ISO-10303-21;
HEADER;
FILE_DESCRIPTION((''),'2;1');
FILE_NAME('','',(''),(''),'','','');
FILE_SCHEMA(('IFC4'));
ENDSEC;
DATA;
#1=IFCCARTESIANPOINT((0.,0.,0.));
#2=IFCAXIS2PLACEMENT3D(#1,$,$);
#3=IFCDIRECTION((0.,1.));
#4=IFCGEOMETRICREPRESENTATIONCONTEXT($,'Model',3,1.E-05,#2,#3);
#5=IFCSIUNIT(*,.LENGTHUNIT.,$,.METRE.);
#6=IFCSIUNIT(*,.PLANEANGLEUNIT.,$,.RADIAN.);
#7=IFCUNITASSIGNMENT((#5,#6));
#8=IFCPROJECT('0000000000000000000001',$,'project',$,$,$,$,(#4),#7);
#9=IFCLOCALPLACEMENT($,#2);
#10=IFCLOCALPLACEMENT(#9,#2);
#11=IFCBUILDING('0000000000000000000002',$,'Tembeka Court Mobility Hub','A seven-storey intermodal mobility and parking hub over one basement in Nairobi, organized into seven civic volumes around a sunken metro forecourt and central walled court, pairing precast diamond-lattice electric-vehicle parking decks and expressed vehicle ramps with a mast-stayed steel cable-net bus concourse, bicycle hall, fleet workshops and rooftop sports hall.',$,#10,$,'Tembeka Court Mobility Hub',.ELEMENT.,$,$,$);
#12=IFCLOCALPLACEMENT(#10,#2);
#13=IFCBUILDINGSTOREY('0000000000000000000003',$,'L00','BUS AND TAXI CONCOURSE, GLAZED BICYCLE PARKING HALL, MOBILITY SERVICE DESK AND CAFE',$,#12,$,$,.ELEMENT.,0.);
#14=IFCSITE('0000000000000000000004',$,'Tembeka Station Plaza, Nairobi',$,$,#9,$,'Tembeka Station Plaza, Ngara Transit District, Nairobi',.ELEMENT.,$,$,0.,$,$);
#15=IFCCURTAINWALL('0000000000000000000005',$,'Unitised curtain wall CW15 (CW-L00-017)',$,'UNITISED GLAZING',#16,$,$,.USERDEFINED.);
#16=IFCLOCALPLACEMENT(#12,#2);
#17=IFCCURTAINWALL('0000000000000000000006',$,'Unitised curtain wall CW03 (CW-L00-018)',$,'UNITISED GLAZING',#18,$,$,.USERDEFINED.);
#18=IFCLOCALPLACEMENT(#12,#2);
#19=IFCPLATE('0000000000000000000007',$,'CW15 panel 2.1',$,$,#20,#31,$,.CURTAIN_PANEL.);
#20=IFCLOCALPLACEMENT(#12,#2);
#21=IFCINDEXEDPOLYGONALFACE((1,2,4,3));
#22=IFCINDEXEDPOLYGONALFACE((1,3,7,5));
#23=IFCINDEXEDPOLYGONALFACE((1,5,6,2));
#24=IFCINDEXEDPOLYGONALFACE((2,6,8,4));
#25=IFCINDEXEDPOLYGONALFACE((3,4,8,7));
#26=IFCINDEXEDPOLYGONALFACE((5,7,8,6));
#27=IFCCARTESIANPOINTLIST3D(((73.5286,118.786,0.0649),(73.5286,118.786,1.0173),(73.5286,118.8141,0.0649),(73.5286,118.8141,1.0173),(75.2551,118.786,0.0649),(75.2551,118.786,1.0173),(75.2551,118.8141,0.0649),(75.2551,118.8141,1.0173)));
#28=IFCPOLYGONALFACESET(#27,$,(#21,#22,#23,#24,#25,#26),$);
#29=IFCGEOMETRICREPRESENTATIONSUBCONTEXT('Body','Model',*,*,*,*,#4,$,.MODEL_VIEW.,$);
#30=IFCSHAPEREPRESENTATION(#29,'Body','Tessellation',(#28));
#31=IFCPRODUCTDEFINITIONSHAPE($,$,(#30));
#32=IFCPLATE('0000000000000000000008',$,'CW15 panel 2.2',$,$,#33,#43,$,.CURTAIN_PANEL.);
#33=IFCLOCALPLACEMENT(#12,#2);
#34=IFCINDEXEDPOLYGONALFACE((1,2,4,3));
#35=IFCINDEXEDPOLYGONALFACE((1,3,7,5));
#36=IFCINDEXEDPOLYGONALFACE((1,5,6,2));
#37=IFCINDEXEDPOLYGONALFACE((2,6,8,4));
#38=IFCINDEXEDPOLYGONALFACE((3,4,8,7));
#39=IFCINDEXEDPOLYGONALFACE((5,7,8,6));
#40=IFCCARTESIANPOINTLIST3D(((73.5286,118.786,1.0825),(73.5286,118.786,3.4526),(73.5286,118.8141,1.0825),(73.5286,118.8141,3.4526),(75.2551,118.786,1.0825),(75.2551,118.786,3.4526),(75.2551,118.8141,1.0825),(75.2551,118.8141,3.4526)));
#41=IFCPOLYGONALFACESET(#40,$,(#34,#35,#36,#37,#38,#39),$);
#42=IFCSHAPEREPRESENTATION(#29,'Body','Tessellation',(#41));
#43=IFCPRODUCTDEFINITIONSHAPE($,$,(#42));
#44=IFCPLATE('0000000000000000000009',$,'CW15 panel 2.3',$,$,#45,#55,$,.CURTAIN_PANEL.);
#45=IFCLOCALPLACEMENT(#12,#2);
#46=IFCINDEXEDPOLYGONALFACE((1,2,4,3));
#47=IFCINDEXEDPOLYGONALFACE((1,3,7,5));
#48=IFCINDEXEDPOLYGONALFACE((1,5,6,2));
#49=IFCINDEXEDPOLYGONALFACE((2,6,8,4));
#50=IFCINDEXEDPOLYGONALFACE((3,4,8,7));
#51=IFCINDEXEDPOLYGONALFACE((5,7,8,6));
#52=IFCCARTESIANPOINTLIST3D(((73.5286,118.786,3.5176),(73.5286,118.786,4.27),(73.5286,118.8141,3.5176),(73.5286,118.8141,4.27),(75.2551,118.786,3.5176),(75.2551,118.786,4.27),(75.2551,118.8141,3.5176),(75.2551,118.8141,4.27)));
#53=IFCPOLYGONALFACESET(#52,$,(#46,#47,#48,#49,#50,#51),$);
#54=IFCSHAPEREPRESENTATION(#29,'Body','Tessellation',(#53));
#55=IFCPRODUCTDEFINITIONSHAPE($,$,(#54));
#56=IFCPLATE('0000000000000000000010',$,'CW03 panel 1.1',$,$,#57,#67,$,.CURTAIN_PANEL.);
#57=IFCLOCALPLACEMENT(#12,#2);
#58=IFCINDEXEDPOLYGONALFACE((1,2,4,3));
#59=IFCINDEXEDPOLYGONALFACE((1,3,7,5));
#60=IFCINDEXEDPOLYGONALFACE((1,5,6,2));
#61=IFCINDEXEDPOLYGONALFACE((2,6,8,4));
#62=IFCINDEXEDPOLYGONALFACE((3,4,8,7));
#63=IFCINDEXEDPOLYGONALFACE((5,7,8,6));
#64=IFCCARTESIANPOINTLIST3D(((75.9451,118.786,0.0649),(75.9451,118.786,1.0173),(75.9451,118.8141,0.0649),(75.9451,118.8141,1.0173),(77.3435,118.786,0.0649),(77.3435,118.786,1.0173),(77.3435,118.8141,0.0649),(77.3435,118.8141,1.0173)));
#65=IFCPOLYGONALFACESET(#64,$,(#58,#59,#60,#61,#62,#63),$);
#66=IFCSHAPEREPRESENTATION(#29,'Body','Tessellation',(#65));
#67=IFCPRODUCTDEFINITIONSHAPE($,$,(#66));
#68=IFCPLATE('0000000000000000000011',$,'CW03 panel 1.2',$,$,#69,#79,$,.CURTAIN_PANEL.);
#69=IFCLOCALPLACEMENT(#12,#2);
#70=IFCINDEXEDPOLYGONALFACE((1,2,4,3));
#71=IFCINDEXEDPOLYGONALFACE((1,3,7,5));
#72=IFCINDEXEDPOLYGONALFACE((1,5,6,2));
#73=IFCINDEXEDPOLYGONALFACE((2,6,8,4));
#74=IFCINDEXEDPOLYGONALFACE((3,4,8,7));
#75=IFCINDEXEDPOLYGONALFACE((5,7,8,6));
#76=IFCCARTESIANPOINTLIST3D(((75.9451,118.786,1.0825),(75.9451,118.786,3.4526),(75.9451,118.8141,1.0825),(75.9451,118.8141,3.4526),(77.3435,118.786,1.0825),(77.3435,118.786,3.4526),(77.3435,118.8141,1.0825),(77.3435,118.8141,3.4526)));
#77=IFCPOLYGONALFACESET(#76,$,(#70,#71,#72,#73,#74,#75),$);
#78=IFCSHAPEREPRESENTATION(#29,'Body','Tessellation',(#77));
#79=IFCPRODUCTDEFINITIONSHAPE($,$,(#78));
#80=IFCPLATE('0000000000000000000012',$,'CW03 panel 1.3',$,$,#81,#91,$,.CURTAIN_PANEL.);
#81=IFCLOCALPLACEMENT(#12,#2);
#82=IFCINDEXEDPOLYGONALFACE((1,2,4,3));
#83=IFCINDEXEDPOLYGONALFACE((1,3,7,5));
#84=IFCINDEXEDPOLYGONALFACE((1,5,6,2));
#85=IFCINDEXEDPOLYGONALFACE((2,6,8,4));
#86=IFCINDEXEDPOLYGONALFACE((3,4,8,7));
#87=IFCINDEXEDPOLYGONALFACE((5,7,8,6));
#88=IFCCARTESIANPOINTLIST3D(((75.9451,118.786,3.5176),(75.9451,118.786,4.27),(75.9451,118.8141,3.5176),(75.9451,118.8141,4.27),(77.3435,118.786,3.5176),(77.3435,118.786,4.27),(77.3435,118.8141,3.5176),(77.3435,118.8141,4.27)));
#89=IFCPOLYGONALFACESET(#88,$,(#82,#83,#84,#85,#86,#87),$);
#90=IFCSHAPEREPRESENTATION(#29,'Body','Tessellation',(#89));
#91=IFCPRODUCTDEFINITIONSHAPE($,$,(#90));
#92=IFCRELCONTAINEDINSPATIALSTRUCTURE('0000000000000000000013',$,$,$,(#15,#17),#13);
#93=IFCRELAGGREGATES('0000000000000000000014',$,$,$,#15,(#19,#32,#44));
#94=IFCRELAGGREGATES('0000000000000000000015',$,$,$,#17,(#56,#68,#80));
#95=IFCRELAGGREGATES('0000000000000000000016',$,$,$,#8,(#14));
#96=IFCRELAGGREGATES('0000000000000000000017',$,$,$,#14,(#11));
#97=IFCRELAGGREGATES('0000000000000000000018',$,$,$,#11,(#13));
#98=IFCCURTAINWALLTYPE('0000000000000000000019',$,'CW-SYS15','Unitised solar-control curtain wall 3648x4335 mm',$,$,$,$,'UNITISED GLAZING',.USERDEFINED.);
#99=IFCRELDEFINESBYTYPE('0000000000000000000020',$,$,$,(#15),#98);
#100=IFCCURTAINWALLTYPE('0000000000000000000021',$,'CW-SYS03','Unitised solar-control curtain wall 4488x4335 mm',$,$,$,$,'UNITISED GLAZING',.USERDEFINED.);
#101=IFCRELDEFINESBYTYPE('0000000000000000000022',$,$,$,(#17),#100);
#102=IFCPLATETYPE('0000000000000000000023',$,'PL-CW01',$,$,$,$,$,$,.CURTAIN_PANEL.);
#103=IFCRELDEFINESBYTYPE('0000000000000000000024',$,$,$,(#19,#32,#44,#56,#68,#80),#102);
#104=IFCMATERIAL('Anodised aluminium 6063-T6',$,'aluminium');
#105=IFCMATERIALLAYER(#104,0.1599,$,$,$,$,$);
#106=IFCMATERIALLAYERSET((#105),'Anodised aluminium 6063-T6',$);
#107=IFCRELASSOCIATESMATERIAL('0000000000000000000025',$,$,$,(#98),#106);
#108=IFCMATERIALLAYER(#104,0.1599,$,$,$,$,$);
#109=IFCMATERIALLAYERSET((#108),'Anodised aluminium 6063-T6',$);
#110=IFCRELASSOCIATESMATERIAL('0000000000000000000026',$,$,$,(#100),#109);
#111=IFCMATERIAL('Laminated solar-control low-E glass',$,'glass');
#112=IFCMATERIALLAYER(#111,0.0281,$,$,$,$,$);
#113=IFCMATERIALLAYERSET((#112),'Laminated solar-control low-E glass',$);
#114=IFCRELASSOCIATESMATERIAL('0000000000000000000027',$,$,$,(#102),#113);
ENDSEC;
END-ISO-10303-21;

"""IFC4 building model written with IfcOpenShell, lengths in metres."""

from ifc_helpers import new_model, si_unit, direction, frame, origin, origin_2d, place, context, subcontext, project, spatial, rectangle, extrude, material, layer, layer_set, type_object, element, aggregate, save


model = new_model("IFC4")

# Units and contexts
model_context = context("Model", 3, precision=1e-05, world=origin(), true_north=direction((0.0, 1.0)))
body_context = subcontext(model_context, "Body", "Model", "MODEL_VIEW")
ifc_project = project(units=[si_unit("LENGTHUNIT", "METRE"), si_unit("PLANEANGLEUNIT", "RADIAN")], contexts=[model_context])

# Site, building, storey
site_placement = place(None, origin())
site = spatial("IfcSite", under=ifc_project, at=site_placement, Name="Tembeka Station Plaza, Nairobi", LongName="Tembeka Station Plaza, Ngara Transit District, Nairobi", CompositionType="ELEMENT", RefElevation=0.0)
building_placement = place(site_placement, origin())
building = spatial("IfcBuilding", under=site, at=building_placement, Name="Tembeka Court Mobility Hub", Description="A seven-storey intermodal mobility and parking hub over one basement in Nairobi, organized into seven civic volumes around a sunken metro forecourt and central walled court, pairing precast diamond-lattice electric-vehicle parking decks and expressed vehicle ramps with a mast-stayed steel cable-net bus concourse, bicycle hall, fleet workshops and rooftop sports hall.", LongName="Tembeka Court Mobility Hub", CompositionType="ELEMENT")
storey_placement = place(building_placement, origin())
storey = spatial("IfcBuildingStorey", under=building, at=storey_placement, Name="L00", Description="BUS AND TAXI CONCOURSE, GLAZED BICYCLE PARKING HALL, MOBILITY SERVICE DESK AND CAFE", CompositionType="ELEMENT", Elevation=0.0)

# Curtain walls
ifc_material_1 = material(Name="Anodised aluminium 6063-T6", Category="aluminium")
ifc_layer_1 = layer(ifc_material_1, 0.1599)
ifc_layer_set_1 = layer_set([ifc_layer_1], Name="Anodised aluminium 6063-T6")
curtain_wall_type_1 = type_object("IfcCurtainWallType", Name="CW-SYS15", Description="Unitised solar-control curtain wall 3648x4335 mm", ElementType="UNITISED GLAZING", PredefinedType="USERDEFINED", material=ifc_layer_set_1)
curtain_wall_1_placement = place(storey_placement, origin())
curtain_wall_1 = element("IfcCurtainWall", 1, at=curtain_wall_1_placement, inside=storey, type_object=curtain_wall_type_1, Name="Unitised curtain wall CW15 (CW-L00-017)", ObjectType="UNITISED GLAZING", PredefinedType="USERDEFINED")
ifc_layer_2 = layer(ifc_material_1, 0.1599)
ifc_layer_set_2 = layer_set([ifc_layer_2], Name="Anodised aluminium 6063-T6")
curtain_wall_type_2 = type_object("IfcCurtainWallType", Name="CW-SYS03", Description="Unitised solar-control curtain wall 4488x4335 mm", ElementType="UNITISED GLAZING", PredefinedType="USERDEFINED", material=ifc_layer_set_2)
curtain_wall_2_placement = place(storey_placement, origin())
curtain_wall_2 = element("IfcCurtainWall", 2, at=curtain_wall_2_placement, inside=storey, type_object=curtain_wall_type_2, Name="Unitised curtain wall CW03 (CW-L00-018)", ObjectType="UNITISED GLAZING", PredefinedType="USERDEFINED")

# Plates
ifc_material_2 = material(Name="Laminated solar-control low-E glass", Category="glass")
ifc_layer_3 = layer(ifc_material_2, 0.0281)
ifc_layer_set_3 = layer_set([ifc_layer_3], Name="Laminated solar-control low-E glass")
plate_type = type_object("IfcPlateType", Name="PL-CW01", PredefinedType="CURTAIN_PANEL", material=ifc_layer_set_3)
plate_1_placement = place(storey_placement, frame((74.3918, 118.8, 0.0649), z_axis=(0.0, 0.0, 1.0), x_axis=(1.0, 0.0, 0.0)))
plate_1 = element("IfcPlate", 3, at=plate_1_placement, type_object=plate_type, Name="CW15 panel 2.1", PredefinedType="CURTAIN_PANEL", context=body_context, shape_type="SweptSolid", body=[
    extrude(rectangle(XDim=1.7266, YDim=0.0281, at=origin_2d()), origin(), (0.0, 0.0, 1.0), 0.9524),
])
plate_2_placement = place(storey_placement, frame((74.3918, 118.8, 1.0825), z_axis=(0.0, 0.0, 1.0), x_axis=(1.0, 0.0, 0.0)))
plate_2 = element("IfcPlate", 4, at=plate_2_placement, type_object=plate_type, Name="CW15 panel 2.2", PredefinedType="CURTAIN_PANEL", context=body_context, shape_type="SweptSolid", body=[
    extrude(rectangle(XDim=1.7266, YDim=0.0281, at=origin_2d()), origin(), (0.0, 0.0, 1.0), 2.3701),
])
plate_3_placement = place(storey_placement, frame((74.3918, 118.8, 3.5176), z_axis=(0.0, 0.0, 1.0), x_axis=(1.0, 0.0, 0.0)))
plate_3 = element("IfcPlate", 5, at=plate_3_placement, type_object=plate_type, Name="CW15 panel 2.3", PredefinedType="CURTAIN_PANEL", context=body_context, shape_type="SweptSolid", body=[
    extrude(rectangle(XDim=1.7266, YDim=0.0281, at=origin_2d()), origin(), (0.0, 0.0, 1.0), 0.7524),
])
aggregate(curtain_wall_1, [plate_1, plate_2, plate_3])
plate_4_placement = place(storey_placement, frame((76.6443, 118.8, 0.0649), z_axis=(0.0, 0.0, 1.0), x_axis=(1.0, 0.0, 0.0)))
plate_4 = element("IfcPlate", 6, at=plate_4_placement, type_object=plate_type, Name="CW03 panel 1.1", PredefinedType="CURTAIN_PANEL", context=body_context, shape_type="SweptSolid", body=[
    extrude(rectangle(XDim=1.3984, YDim=0.0281, at=origin_2d()), origin(), (0.0, 0.0, 1.0), 0.9524),
])
plate_5_placement = place(storey_placement, frame((76.6443, 118.8, 1.0825), z_axis=(0.0, 0.0, 1.0), x_axis=(1.0, 0.0, 0.0)))
plate_5 = element("IfcPlate", 7, at=plate_5_placement, type_object=plate_type, Name="CW03 panel 1.2", PredefinedType="CURTAIN_PANEL", context=body_context, shape_type="SweptSolid", body=[
    extrude(rectangle(XDim=1.3984, YDim=0.0281, at=origin_2d()), origin(), (0.0, 0.0, 1.0), 2.3701),
])
plate_6_placement = place(storey_placement, frame((76.6443, 118.8, 3.5176), z_axis=(0.0, 0.0, 1.0), x_axis=(1.0, 0.0, 0.0)))
plate_6 = element("IfcPlate", 8, at=plate_6_placement, type_object=plate_type, Name="CW03 panel 1.3", PredefinedType="CURTAIN_PANEL", context=body_context, shape_type="SweptSolid", body=[
    extrude(rectangle(XDim=1.3984, YDim=0.0281, at=origin_2d()), origin(), (0.0, 0.0, 1.0), 0.7524),
])
aggregate(curtain_wall_2, [plate_4, plate_5, plate_6])

save(model, "model.ifc")
